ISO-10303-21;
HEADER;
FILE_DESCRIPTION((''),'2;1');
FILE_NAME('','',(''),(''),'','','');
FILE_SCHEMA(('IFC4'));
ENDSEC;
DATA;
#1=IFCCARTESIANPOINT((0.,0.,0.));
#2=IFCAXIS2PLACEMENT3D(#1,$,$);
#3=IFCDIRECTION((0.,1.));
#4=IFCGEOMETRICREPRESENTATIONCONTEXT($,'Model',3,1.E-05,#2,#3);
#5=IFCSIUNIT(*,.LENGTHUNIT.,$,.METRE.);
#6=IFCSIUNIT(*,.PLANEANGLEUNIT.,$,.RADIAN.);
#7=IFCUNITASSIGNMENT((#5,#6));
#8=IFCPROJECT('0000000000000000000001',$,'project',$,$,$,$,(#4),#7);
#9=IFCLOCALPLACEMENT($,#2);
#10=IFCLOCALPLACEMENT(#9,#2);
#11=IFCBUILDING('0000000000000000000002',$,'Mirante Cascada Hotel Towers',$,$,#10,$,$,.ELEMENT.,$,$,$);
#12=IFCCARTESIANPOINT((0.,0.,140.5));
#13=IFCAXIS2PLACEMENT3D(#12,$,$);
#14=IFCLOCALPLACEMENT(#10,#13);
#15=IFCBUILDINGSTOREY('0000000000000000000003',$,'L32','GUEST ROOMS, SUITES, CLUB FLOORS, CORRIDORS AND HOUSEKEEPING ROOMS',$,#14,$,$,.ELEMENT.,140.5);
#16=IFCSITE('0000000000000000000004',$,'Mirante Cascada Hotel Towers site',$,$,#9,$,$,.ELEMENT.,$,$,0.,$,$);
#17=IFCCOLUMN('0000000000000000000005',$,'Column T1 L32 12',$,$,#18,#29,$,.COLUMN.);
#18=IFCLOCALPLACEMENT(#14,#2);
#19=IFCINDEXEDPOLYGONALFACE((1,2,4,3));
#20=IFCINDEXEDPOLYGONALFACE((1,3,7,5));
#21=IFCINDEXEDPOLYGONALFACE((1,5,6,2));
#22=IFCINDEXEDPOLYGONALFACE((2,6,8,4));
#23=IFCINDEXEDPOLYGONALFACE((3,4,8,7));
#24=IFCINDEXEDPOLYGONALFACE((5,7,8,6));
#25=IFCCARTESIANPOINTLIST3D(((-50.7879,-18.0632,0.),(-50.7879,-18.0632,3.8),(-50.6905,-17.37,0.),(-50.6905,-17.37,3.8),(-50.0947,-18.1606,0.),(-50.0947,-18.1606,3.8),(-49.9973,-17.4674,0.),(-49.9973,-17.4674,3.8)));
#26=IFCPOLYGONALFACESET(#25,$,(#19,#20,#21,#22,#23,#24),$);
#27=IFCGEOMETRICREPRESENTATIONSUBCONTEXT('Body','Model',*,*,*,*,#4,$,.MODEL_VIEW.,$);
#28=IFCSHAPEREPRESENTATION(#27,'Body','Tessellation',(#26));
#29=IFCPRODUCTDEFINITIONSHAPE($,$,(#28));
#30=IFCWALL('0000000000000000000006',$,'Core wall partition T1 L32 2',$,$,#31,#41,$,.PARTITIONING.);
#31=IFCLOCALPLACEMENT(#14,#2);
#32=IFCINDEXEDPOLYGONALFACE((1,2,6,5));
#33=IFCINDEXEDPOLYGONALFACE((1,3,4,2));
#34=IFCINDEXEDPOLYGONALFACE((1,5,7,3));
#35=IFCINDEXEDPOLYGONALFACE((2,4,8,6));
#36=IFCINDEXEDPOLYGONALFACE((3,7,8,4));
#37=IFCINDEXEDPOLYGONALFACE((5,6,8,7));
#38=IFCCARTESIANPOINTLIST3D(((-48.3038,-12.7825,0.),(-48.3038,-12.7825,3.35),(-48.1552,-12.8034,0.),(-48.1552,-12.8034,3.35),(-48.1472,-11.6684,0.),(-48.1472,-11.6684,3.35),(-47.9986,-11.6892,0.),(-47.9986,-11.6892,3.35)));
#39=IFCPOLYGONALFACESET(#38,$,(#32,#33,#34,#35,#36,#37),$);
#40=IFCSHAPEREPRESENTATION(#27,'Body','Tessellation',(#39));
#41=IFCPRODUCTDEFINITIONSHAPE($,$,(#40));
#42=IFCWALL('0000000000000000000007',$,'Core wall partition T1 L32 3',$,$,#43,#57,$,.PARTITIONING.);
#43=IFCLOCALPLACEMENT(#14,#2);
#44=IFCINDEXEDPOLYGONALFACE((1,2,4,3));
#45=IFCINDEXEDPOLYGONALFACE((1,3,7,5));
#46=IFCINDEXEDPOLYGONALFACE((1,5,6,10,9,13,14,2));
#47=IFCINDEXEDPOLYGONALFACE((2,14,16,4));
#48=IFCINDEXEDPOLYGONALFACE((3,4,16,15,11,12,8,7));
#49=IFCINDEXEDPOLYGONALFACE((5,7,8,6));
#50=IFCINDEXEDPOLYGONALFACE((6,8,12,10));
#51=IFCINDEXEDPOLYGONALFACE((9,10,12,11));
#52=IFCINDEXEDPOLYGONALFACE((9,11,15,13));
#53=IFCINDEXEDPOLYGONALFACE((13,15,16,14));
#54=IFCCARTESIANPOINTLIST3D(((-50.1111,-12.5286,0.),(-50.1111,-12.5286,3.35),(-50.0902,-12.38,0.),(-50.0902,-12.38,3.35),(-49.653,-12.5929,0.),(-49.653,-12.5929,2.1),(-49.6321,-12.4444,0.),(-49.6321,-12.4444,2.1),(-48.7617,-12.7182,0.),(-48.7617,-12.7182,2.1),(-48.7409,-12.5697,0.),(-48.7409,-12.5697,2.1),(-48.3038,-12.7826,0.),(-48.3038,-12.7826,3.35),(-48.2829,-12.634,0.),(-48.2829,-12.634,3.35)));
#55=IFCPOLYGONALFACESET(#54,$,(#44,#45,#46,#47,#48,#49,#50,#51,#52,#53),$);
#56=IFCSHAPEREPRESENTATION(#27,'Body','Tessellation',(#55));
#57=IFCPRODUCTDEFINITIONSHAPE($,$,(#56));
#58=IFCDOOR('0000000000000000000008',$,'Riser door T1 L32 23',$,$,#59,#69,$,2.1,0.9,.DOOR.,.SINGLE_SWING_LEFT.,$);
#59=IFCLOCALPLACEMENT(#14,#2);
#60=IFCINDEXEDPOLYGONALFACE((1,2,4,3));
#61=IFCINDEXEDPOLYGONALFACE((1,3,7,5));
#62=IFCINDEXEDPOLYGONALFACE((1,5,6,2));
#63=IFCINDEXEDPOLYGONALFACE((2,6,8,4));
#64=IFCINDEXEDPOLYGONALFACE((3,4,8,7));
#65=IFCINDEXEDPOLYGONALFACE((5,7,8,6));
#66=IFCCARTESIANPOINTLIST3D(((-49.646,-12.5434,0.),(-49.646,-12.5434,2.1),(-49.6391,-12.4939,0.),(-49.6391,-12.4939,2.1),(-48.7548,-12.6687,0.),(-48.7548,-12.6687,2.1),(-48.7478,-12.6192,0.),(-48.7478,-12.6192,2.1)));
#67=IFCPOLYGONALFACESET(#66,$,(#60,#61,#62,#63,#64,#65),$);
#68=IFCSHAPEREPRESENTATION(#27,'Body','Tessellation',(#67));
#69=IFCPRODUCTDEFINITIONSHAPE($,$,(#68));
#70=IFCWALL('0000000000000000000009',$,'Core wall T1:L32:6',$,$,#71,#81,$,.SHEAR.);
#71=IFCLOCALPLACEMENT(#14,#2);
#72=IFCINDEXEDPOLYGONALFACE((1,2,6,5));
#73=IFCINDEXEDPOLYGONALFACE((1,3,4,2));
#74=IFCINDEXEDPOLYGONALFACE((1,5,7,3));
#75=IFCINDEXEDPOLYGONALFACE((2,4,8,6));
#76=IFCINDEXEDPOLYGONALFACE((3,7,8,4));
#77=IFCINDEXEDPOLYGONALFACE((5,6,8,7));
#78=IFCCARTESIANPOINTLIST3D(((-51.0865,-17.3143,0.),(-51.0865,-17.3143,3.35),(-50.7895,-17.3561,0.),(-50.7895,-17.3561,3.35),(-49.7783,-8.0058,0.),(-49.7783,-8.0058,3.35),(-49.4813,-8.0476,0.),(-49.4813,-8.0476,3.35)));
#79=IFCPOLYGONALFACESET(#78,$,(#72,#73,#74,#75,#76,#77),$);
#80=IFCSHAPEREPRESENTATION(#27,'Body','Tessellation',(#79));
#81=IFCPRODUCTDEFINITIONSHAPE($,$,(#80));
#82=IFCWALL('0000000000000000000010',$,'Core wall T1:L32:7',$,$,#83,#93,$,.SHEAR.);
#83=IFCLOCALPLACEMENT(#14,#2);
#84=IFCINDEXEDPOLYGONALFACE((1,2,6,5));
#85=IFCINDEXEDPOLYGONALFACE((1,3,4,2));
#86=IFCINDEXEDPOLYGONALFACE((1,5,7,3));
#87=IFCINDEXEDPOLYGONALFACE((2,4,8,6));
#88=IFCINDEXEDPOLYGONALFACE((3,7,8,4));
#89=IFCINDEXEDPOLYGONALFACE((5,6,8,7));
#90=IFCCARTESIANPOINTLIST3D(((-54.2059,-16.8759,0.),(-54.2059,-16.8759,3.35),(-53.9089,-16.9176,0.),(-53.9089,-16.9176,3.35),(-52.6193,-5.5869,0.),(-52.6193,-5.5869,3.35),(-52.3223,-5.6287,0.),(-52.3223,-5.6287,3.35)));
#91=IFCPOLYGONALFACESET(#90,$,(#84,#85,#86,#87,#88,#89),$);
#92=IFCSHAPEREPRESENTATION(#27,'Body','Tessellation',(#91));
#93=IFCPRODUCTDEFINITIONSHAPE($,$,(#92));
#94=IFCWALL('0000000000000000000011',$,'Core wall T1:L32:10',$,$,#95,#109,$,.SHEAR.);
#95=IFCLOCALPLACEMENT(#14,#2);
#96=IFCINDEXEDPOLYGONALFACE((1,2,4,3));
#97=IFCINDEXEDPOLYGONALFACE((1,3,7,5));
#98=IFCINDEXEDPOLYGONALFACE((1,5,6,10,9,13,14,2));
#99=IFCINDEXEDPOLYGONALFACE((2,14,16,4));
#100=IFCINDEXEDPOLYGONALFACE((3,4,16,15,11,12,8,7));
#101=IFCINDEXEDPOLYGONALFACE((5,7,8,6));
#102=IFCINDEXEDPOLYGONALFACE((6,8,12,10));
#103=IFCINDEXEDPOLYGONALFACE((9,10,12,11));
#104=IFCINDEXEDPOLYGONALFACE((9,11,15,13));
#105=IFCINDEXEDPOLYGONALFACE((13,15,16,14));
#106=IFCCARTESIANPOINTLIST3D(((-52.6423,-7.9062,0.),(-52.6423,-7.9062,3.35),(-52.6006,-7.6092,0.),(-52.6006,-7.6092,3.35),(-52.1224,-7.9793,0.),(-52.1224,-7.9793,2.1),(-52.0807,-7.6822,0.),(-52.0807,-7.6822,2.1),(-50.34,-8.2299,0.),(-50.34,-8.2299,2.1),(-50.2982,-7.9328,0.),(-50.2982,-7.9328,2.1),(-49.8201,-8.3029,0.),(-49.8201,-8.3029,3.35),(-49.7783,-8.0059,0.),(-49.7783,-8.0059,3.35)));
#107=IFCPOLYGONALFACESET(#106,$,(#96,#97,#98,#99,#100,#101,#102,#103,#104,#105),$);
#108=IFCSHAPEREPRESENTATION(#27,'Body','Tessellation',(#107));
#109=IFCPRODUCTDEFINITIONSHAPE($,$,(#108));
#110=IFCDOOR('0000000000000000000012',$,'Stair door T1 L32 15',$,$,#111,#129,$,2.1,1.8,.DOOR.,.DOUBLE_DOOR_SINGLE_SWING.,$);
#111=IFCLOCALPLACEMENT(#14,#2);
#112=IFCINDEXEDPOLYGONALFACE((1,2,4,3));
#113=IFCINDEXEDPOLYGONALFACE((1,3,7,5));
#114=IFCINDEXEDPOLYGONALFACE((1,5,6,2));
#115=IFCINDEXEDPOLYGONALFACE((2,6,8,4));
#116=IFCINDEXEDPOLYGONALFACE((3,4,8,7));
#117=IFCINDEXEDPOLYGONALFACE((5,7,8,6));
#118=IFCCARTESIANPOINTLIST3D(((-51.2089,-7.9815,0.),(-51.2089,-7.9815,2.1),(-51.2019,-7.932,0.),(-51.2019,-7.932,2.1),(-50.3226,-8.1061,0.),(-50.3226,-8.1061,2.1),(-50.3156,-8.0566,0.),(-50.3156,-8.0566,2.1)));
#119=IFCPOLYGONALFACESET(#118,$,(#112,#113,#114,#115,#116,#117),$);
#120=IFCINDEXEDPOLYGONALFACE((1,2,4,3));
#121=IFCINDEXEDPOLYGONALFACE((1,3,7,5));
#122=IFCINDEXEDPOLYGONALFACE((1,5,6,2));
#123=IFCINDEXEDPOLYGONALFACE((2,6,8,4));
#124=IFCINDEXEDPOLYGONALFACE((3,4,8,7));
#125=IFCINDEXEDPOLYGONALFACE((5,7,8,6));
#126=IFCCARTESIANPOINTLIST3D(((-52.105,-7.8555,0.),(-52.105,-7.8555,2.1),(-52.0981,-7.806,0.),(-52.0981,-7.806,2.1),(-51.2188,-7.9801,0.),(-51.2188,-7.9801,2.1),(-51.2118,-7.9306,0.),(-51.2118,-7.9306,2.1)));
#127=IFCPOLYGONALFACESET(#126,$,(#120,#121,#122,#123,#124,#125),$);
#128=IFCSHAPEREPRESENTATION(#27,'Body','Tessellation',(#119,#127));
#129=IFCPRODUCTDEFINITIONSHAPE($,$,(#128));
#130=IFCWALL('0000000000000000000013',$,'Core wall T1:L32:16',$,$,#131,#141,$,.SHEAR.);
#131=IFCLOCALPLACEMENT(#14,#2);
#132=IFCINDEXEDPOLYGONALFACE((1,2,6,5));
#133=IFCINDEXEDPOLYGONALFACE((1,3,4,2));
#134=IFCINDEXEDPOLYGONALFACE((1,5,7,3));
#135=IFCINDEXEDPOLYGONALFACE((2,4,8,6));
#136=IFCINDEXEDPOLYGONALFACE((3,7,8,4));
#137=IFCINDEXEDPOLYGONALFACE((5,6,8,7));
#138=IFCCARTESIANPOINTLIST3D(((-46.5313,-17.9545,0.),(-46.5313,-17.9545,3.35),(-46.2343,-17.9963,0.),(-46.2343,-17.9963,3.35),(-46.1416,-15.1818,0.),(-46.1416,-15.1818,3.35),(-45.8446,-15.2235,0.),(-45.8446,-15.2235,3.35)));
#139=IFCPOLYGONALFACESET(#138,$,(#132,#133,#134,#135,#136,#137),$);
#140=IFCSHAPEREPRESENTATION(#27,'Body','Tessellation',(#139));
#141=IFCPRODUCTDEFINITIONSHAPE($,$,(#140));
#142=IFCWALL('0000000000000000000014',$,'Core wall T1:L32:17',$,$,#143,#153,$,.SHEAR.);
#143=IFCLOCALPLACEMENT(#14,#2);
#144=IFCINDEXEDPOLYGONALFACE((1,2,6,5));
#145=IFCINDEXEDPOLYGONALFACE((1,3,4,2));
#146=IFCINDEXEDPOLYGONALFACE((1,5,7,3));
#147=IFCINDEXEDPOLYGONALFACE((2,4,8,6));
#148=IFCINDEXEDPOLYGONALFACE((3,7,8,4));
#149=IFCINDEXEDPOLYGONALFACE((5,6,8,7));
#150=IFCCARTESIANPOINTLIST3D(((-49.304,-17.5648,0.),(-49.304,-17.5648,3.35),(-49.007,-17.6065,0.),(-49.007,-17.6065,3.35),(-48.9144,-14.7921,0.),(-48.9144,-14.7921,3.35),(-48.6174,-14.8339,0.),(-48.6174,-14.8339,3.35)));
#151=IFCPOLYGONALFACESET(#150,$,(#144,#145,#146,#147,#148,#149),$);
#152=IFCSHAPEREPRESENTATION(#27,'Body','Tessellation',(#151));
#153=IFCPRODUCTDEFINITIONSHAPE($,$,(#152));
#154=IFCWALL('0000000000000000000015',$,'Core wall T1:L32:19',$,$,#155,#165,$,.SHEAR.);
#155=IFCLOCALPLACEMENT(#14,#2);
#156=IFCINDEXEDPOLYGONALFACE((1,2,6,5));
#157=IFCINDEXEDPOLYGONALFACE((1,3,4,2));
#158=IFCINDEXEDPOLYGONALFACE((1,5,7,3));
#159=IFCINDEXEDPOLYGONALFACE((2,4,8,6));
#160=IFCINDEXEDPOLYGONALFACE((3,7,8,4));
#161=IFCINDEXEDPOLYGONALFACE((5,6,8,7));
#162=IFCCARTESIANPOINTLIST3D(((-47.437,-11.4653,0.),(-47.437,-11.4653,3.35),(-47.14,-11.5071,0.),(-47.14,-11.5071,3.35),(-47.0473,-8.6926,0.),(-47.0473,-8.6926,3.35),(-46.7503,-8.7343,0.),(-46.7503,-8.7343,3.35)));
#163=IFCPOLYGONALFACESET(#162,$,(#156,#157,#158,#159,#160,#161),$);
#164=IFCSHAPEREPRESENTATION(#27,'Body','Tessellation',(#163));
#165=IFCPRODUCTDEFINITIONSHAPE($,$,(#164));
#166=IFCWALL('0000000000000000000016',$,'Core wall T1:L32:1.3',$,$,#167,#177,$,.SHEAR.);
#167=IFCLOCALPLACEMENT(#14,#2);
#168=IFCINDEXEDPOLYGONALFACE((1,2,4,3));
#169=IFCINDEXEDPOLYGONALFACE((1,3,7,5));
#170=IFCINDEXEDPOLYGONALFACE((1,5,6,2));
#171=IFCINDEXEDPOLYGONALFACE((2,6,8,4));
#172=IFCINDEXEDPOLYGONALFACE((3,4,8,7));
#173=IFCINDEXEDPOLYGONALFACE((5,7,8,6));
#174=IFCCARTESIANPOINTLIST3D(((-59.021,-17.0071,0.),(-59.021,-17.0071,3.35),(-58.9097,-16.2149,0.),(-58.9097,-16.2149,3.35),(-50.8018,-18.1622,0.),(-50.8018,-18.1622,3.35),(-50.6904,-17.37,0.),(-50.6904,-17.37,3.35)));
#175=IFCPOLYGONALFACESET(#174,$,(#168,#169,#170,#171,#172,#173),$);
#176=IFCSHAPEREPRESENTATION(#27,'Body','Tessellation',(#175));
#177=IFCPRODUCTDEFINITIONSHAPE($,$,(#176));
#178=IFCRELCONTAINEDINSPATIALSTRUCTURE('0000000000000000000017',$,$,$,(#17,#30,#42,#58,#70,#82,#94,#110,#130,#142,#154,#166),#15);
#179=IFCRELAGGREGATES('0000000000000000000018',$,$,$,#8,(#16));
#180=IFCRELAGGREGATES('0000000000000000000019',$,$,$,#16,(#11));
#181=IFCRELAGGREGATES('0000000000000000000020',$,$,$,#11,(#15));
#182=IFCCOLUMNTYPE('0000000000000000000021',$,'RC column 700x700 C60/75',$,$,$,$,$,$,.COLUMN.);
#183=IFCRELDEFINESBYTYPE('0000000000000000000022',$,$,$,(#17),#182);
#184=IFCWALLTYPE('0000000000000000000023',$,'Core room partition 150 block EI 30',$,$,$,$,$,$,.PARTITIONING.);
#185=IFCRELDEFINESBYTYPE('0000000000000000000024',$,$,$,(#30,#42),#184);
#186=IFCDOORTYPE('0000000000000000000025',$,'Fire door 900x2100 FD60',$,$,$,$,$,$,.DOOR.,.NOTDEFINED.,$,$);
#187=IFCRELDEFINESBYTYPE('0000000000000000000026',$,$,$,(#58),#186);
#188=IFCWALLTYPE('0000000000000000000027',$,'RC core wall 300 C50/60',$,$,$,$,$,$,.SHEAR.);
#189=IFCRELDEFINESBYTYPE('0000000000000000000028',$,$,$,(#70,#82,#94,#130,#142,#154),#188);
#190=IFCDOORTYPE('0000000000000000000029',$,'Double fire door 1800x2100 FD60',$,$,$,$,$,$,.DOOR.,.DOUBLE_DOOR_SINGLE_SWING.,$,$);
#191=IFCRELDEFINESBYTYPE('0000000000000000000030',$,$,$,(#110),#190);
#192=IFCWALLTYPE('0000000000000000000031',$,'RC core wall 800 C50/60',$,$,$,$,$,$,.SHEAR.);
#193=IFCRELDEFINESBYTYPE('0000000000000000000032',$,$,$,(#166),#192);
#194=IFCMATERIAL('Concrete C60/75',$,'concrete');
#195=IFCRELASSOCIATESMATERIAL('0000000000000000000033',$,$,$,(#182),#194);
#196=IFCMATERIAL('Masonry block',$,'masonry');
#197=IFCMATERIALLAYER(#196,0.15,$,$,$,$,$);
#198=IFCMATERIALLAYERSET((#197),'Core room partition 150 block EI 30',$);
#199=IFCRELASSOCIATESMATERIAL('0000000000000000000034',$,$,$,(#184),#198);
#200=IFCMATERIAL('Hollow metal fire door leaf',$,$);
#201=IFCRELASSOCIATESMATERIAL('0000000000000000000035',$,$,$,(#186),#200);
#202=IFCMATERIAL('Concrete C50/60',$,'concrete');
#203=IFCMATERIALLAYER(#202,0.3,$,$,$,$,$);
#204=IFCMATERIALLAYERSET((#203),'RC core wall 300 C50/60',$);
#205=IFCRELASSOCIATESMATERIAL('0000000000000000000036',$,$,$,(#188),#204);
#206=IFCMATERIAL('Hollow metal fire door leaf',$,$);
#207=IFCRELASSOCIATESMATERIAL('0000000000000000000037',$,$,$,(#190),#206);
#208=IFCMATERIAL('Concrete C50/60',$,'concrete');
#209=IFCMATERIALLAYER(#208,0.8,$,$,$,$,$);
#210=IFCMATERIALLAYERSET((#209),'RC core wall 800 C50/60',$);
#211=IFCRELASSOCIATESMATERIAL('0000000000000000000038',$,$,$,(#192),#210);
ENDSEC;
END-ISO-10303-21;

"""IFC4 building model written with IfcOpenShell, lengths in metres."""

from ifc_helpers import new_model, si_unit, direction, frame, frame_2d, origin, origin_2d, place, context, subcontext, project, spatial, rectangle, extrude, material, layer, layer_set, material_profile, profile_set, type_object, element, fill, save


model = new_model("IFC4")

# Units and contexts
model_context = context("Model", 3, precision=1e-05, world=origin(), true_north=direction((0.0, 1.0)))
body_context = subcontext(model_context, "Body", "Model", "MODEL_VIEW")
ifc_project = project(units=[si_unit("LENGTHUNIT", "METRE"), si_unit("PLANEANGLEUNIT", "RADIAN")], contexts=[model_context])

# Site, building, storey
site_placement = place(None, origin())
site = spatial("IfcSite", under=ifc_project, at=site_placement, Name="Mirante Cascada Hotel Towers site", CompositionType="ELEMENT", RefElevation=0.0)
building_placement = place(site_placement, origin())
building = spatial("IfcBuilding", under=site, at=building_placement, Name="Mirante Cascada Hotel Towers", CompositionType="ELEMENT")
storey_placement = place(building_placement, frame((0.0, 0.0, 140.5)))
storey = spatial("IfcBuildingStorey", under=building, at=storey_placement, Name="L32", Description="GUEST ROOMS, SUITES, CLUB FLOORS, CORRIDORS AND HOUSEKEEPING ROOMS", CompositionType="ELEMENT", Elevation=140.5)

# Column
ifc_material_1 = material(Name="Concrete C60/75", Category="concrete")
ifc_material_profile = material_profile(ifc_material_1, rectangle(XDim=0.7, YDim=0.7, at=origin_2d()), Name="RC column 700x700 C60/75")
ifc_profile_set = profile_set([ifc_material_profile], Name="Concrete C60/75")
column_type = type_object("IfcColumnType", Name="RC column 700x700 C60/75", PredefinedType="COLUMN", material=ifc_profile_set)
column_placement = place(storey_placement, frame((-50.3926, -17.7653, 0.0), z_axis=(0.0, 0.0, 1.0), x_axis=(-0.990268, 0.139173, 0.0)))
element("IfcColumn", 1, at=column_placement, inside=storey, type_object=column_type, Name="Column T1 L32 12", PredefinedType="COLUMN", context=body_context, shape_type="SweptSolid", body=[
    extrude(rectangle(XDim=0.7, YDim=0.7, at=origin_2d()), origin(), (0.0, 0.0, 1.0), 3.8),
])

# Wall
ifc_material_2 = material(Name="Masonry block", Category="masonry")
ifc_layer_1 = layer(ifc_material_2, 0.15)
ifc_layer_set_1 = layer_set([ifc_layer_1], Name="Core room partition 150 block EI 30")
wall_type_1 = type_object("IfcWallType", Name="Core room partition 150 block EI 30", PredefinedType="PARTITIONING", material=ifc_layer_set_1)
wall_1_placement = place(storey_placement, frame((-48.2295, -12.793, 0.0), z_axis=(0.0, 0.0, 1.0), x_axis=(0.139193, 0.990265, 0.0)))
element("IfcWall", 2, at=wall_1_placement, inside=storey, type_object=wall_type_1, Name="Core wall partition T1 L32 2", PredefinedType="PARTITIONING", context=body_context, shape_type="SweptSolid", body=[
    extrude(rectangle(XDim=1.1251, YDim=0.15, at=frame_2d((0.5626, 0.0))), origin(), (0.0, 0.0, 1.0), 3.35),
])

# Wall, opening, door
wall_2_placement = place(storey_placement, frame((-48.2933, -12.7083, 0.0), z_axis=(0.0, 0.0, 1.0), x_axis=(-0.990268, 0.139173, 0.0)))
wall_2 = element("IfcWall", 3, at=wall_2_placement, inside=storey, type_object=wall_type_1, Name="Core wall partition T1 L32 3", PredefinedType="PARTITIONING", context=body_context, shape_type="SweptSolid", body=[
    extrude(rectangle(XDim=1.8251, YDim=0.15, at=frame_2d((0.9126, 0.0))), origin(), (0.0, 0.0, 1.0), 3.35),
])
opening_1_placement = place(wall_2_placement, frame((0.4625, 0.0, 0.0)))
opening_1 = element("IfcOpeningElement", 4, at=opening_1_placement, cuts=wall_2, PredefinedType="OPENING", context=body_context, shape_type="SweptSolid", body=[
    extrude(rectangle(XDim=0.9, YDim=2.1, at=frame_2d((0.45, 1.05))), frame((0.0, 0.075, 0.0), z_axis=(0.0, -1.0, 0.0), x_axis=(1.0, 0.0, 0.0)), (0.0, 0.0, 1.0), 0.15),
])
ifc_material_3 = material(Name="Hollow metal fire door leaf")
door_type_1 = type_object("IfcDoorType", Name="Fire door 900x2100 FD60", OperationType="NOTDEFINED", PredefinedType="DOOR", material=ifc_material_3)
door_1_placement = place(opening_1_placement, origin())
door_1 = element("IfcDoor", 5, at=door_1_placement, inside=storey, type_object=door_type_1, Name="Riser door T1 L32 23", OperationType="SINGLE_SWING_LEFT", OverallHeight=2.1, OverallWidth=0.9, PredefinedType="DOOR", context=body_context, shape_type="SweptSolid", body=[
    extrude(rectangle(XDim=0.9, YDim=2.1, at=frame_2d((0.45, 1.05))), frame((0.0, 0.025, 0.0), z_axis=(0.0, -1.0, 0.0), x_axis=(1.0, 0.0, 0.0)), (0.0, 0.0, 1.0), 0.05),
])
fill(opening_1, door_1)

# Walls
ifc_material_4 = material(Name="Concrete C50/60", Category="concrete")
ifc_layer_2 = layer(ifc_material_4, 0.3)
ifc_layer_set_2 = layer_set([ifc_layer_2], Name="RC core wall 300 C50/60")
wall_type_2 = type_object("IfcWallType", Name="RC core wall 300 C50/60", PredefinedType="SHEAR", material=ifc_layer_set_2)
wall_3_placement = place(storey_placement, frame((-50.938, -17.3352, 0.0), z_axis=(0.0, 0.0, 1.0), x_axis=(0.139171, 0.990268, 0.0)))
element("IfcWall", 6, at=wall_3_placement, inside=storey, type_object=wall_type_2, Name="Core wall T1:L32:6", PredefinedType="SHEAR", context=body_context, shape_type="SweptSolid", body=[
    extrude(rectangle(XDim=9.4, YDim=0.3, at=frame_2d((4.7, 0.0))), origin(), (0.0, 0.0, 1.0), 3.35),
])
wall_4_placement = place(storey_placement, frame((-54.0574, -16.8968, 0.0), z_axis=(0.0, 0.0, 1.0), x_axis=(0.139176, 0.990268, 0.0)))
element("IfcWall", 7, at=wall_4_placement, inside=storey, type_object=wall_type_2, Name="Core wall T1:L32:7", PredefinedType="SHEAR", context=body_context, shape_type="SweptSolid", body=[
    extrude(rectangle(XDim=11.3999, YDim=0.3, at=frame_2d((5.7, 0.0))), origin(), (0.0, 0.0, 1.0), 3.35),
])

# Wall, opening, door
wall_5_placement = place(storey_placement, frame((-49.7992, -8.1544, 0.0), z_axis=(0.0, 0.0, 1.0), x_axis=(-0.990266, 0.139191, 0.0)))
wall_5 = element("IfcWall", 8, at=wall_5_placement, inside=storey, type_object=wall_type_2, Name="Core wall T1:L32:10", PredefinedType="SHEAR", context=body_context, shape_type="SweptSolid", body=[
    extrude(rectangle(XDim=2.85, YDim=0.3, at=frame_2d((1.425, 0.0))), origin(), (0.0, 0.0, 1.0), 3.35),
])
opening_2_placement = place(wall_5_placement, frame((0.525, 0.0, 0.0)))
opening_2 = element("IfcOpeningElement", 9, at=opening_2_placement, cuts=wall_5, PredefinedType="OPENING", context=body_context, shape_type="SweptSolid", body=[
    extrude(rectangle(XDim=1.8, YDim=2.1, at=frame_2d((0.9, 1.05))), frame((0.0, 0.15, 0.0), z_axis=(0.0, -1.0, 0.0), x_axis=(1.0, 0.0, 0.0)), (0.0, 0.0, 1.0), 0.3),
])
ifc_material_5 = material(Name="Hollow metal fire door leaf")
door_type_2 = type_object("IfcDoorType", Name="Double fire door 1800x2100 FD60", OperationType="DOUBLE_DOOR_SINGLE_SWING", PredefinedType="DOOR", material=ifc_material_5)
door_2_placement = place(opening_2_placement, origin())
door_2 = element("IfcDoor", 10, at=door_2_placement, inside=storey, type_object=door_type_2, Name="Stair door T1 L32 15", OperationType="DOUBLE_DOOR_SINGLE_SWING", OverallHeight=2.1, OverallWidth=1.8, PredefinedType="DOOR", context=body_context, shape_type="SweptSolid", body=[
    extrude(rectangle(XDim=0.895, YDim=2.1, at=frame_2d((0.4475, 1.05))), frame((0.0, 0.025, 0.0), z_axis=(0.0, -1.0, 0.0), x_axis=(1.0, 0.0, 0.0)), (0.0, 0.0, 1.0), 0.05),
    extrude(rectangle(XDim=0.895, YDim=2.1, at=frame_2d((1.3525, 1.05))), frame((0.0, 0.025, 0.0), z_axis=(0.0, -1.0, 0.0), x_axis=(1.0, 0.0, 0.0)), (0.0, 0.0, 1.0), 0.05),
])
fill(opening_2, door_2)

# Walls
wall_6_placement = place(storey_placement, frame((-46.3828, -17.9754, 0.0), z_axis=(0.0, 0.0, 1.0), x_axis=(0.139181, 0.990267, 0.0)))
element("IfcWall", 11, at=wall_6_placement, inside=storey, type_object=wall_type_2, Name="Core wall T1:L32:16", PredefinedType="SHEAR", context=body_context, shape_type="SweptSolid", body=[
    extrude(rectangle(XDim=2.8, YDim=0.3, at=frame_2d((1.4, 0.0))), origin(), (0.0, 0.0, 1.0), 3.35),
])
wall_7_placement = place(storey_placement, frame((-49.1555, -17.5857, 0.0), z_axis=(0.0, 0.0, 1.0), x_axis=(0.139146, 0.990272, 0.0)))
element("IfcWall", 12, at=wall_7_placement, inside=storey, type_object=wall_type_2, Name="Core wall T1:L32:17", PredefinedType="SHEAR", context=body_context, shape_type="SweptSolid", body=[
    extrude(rectangle(XDim=2.7999, YDim=0.3, at=frame_2d((1.4, 0.0))), origin(), (0.0, 0.0, 1.0), 3.35),
])
wall_8_placement = place(storey_placement, frame((-47.2885, -11.4862, 0.0), z_axis=(0.0, 0.0, 1.0), x_axis=(0.139181, 0.990267, 0.0)))
element("IfcWall", 13, at=wall_8_placement, inside=storey, type_object=wall_type_2, Name="Core wall T1:L32:19", PredefinedType="SHEAR", context=body_context, shape_type="SweptSolid", body=[
    extrude(rectangle(XDim=2.8, YDim=0.3, at=frame_2d((1.4, 0.0))), origin(), (0.0, 0.0, 1.0), 3.35),
])

# Wall
ifc_material_6 = material(Name="Concrete C50/60", Category="concrete")
ifc_layer_3 = layer(ifc_material_6, 0.8)
ifc_layer_set_3 = layer_set([ifc_layer_3], Name="RC core wall 800 C50/60")
wall_type_3 = type_object("IfcWallType", Name="RC core wall 800 C50/60", PredefinedType="SHEAR", material=ifc_layer_set_3)
wall_9_placement = place(storey_placement, frame((-50.7461, -17.7661, 0.0), z_axis=(0.0, 0.0, 1.0), x_axis=(-0.990269, 0.139169, 0.0)))
element("IfcWall", 14, at=wall_9_placement, inside=storey, type_object=wall_type_3, Name="Core wall T1:L32:1.3", PredefinedType="SHEAR", context=body_context, shape_type="SweptSolid", body=[
    extrude(rectangle(XDim=8.3, YDim=0.8, at=frame_2d((4.15, 0.0))), origin(), (0.0, 0.0, 1.0), 3.35),
])

save(model, "model.ifc")
